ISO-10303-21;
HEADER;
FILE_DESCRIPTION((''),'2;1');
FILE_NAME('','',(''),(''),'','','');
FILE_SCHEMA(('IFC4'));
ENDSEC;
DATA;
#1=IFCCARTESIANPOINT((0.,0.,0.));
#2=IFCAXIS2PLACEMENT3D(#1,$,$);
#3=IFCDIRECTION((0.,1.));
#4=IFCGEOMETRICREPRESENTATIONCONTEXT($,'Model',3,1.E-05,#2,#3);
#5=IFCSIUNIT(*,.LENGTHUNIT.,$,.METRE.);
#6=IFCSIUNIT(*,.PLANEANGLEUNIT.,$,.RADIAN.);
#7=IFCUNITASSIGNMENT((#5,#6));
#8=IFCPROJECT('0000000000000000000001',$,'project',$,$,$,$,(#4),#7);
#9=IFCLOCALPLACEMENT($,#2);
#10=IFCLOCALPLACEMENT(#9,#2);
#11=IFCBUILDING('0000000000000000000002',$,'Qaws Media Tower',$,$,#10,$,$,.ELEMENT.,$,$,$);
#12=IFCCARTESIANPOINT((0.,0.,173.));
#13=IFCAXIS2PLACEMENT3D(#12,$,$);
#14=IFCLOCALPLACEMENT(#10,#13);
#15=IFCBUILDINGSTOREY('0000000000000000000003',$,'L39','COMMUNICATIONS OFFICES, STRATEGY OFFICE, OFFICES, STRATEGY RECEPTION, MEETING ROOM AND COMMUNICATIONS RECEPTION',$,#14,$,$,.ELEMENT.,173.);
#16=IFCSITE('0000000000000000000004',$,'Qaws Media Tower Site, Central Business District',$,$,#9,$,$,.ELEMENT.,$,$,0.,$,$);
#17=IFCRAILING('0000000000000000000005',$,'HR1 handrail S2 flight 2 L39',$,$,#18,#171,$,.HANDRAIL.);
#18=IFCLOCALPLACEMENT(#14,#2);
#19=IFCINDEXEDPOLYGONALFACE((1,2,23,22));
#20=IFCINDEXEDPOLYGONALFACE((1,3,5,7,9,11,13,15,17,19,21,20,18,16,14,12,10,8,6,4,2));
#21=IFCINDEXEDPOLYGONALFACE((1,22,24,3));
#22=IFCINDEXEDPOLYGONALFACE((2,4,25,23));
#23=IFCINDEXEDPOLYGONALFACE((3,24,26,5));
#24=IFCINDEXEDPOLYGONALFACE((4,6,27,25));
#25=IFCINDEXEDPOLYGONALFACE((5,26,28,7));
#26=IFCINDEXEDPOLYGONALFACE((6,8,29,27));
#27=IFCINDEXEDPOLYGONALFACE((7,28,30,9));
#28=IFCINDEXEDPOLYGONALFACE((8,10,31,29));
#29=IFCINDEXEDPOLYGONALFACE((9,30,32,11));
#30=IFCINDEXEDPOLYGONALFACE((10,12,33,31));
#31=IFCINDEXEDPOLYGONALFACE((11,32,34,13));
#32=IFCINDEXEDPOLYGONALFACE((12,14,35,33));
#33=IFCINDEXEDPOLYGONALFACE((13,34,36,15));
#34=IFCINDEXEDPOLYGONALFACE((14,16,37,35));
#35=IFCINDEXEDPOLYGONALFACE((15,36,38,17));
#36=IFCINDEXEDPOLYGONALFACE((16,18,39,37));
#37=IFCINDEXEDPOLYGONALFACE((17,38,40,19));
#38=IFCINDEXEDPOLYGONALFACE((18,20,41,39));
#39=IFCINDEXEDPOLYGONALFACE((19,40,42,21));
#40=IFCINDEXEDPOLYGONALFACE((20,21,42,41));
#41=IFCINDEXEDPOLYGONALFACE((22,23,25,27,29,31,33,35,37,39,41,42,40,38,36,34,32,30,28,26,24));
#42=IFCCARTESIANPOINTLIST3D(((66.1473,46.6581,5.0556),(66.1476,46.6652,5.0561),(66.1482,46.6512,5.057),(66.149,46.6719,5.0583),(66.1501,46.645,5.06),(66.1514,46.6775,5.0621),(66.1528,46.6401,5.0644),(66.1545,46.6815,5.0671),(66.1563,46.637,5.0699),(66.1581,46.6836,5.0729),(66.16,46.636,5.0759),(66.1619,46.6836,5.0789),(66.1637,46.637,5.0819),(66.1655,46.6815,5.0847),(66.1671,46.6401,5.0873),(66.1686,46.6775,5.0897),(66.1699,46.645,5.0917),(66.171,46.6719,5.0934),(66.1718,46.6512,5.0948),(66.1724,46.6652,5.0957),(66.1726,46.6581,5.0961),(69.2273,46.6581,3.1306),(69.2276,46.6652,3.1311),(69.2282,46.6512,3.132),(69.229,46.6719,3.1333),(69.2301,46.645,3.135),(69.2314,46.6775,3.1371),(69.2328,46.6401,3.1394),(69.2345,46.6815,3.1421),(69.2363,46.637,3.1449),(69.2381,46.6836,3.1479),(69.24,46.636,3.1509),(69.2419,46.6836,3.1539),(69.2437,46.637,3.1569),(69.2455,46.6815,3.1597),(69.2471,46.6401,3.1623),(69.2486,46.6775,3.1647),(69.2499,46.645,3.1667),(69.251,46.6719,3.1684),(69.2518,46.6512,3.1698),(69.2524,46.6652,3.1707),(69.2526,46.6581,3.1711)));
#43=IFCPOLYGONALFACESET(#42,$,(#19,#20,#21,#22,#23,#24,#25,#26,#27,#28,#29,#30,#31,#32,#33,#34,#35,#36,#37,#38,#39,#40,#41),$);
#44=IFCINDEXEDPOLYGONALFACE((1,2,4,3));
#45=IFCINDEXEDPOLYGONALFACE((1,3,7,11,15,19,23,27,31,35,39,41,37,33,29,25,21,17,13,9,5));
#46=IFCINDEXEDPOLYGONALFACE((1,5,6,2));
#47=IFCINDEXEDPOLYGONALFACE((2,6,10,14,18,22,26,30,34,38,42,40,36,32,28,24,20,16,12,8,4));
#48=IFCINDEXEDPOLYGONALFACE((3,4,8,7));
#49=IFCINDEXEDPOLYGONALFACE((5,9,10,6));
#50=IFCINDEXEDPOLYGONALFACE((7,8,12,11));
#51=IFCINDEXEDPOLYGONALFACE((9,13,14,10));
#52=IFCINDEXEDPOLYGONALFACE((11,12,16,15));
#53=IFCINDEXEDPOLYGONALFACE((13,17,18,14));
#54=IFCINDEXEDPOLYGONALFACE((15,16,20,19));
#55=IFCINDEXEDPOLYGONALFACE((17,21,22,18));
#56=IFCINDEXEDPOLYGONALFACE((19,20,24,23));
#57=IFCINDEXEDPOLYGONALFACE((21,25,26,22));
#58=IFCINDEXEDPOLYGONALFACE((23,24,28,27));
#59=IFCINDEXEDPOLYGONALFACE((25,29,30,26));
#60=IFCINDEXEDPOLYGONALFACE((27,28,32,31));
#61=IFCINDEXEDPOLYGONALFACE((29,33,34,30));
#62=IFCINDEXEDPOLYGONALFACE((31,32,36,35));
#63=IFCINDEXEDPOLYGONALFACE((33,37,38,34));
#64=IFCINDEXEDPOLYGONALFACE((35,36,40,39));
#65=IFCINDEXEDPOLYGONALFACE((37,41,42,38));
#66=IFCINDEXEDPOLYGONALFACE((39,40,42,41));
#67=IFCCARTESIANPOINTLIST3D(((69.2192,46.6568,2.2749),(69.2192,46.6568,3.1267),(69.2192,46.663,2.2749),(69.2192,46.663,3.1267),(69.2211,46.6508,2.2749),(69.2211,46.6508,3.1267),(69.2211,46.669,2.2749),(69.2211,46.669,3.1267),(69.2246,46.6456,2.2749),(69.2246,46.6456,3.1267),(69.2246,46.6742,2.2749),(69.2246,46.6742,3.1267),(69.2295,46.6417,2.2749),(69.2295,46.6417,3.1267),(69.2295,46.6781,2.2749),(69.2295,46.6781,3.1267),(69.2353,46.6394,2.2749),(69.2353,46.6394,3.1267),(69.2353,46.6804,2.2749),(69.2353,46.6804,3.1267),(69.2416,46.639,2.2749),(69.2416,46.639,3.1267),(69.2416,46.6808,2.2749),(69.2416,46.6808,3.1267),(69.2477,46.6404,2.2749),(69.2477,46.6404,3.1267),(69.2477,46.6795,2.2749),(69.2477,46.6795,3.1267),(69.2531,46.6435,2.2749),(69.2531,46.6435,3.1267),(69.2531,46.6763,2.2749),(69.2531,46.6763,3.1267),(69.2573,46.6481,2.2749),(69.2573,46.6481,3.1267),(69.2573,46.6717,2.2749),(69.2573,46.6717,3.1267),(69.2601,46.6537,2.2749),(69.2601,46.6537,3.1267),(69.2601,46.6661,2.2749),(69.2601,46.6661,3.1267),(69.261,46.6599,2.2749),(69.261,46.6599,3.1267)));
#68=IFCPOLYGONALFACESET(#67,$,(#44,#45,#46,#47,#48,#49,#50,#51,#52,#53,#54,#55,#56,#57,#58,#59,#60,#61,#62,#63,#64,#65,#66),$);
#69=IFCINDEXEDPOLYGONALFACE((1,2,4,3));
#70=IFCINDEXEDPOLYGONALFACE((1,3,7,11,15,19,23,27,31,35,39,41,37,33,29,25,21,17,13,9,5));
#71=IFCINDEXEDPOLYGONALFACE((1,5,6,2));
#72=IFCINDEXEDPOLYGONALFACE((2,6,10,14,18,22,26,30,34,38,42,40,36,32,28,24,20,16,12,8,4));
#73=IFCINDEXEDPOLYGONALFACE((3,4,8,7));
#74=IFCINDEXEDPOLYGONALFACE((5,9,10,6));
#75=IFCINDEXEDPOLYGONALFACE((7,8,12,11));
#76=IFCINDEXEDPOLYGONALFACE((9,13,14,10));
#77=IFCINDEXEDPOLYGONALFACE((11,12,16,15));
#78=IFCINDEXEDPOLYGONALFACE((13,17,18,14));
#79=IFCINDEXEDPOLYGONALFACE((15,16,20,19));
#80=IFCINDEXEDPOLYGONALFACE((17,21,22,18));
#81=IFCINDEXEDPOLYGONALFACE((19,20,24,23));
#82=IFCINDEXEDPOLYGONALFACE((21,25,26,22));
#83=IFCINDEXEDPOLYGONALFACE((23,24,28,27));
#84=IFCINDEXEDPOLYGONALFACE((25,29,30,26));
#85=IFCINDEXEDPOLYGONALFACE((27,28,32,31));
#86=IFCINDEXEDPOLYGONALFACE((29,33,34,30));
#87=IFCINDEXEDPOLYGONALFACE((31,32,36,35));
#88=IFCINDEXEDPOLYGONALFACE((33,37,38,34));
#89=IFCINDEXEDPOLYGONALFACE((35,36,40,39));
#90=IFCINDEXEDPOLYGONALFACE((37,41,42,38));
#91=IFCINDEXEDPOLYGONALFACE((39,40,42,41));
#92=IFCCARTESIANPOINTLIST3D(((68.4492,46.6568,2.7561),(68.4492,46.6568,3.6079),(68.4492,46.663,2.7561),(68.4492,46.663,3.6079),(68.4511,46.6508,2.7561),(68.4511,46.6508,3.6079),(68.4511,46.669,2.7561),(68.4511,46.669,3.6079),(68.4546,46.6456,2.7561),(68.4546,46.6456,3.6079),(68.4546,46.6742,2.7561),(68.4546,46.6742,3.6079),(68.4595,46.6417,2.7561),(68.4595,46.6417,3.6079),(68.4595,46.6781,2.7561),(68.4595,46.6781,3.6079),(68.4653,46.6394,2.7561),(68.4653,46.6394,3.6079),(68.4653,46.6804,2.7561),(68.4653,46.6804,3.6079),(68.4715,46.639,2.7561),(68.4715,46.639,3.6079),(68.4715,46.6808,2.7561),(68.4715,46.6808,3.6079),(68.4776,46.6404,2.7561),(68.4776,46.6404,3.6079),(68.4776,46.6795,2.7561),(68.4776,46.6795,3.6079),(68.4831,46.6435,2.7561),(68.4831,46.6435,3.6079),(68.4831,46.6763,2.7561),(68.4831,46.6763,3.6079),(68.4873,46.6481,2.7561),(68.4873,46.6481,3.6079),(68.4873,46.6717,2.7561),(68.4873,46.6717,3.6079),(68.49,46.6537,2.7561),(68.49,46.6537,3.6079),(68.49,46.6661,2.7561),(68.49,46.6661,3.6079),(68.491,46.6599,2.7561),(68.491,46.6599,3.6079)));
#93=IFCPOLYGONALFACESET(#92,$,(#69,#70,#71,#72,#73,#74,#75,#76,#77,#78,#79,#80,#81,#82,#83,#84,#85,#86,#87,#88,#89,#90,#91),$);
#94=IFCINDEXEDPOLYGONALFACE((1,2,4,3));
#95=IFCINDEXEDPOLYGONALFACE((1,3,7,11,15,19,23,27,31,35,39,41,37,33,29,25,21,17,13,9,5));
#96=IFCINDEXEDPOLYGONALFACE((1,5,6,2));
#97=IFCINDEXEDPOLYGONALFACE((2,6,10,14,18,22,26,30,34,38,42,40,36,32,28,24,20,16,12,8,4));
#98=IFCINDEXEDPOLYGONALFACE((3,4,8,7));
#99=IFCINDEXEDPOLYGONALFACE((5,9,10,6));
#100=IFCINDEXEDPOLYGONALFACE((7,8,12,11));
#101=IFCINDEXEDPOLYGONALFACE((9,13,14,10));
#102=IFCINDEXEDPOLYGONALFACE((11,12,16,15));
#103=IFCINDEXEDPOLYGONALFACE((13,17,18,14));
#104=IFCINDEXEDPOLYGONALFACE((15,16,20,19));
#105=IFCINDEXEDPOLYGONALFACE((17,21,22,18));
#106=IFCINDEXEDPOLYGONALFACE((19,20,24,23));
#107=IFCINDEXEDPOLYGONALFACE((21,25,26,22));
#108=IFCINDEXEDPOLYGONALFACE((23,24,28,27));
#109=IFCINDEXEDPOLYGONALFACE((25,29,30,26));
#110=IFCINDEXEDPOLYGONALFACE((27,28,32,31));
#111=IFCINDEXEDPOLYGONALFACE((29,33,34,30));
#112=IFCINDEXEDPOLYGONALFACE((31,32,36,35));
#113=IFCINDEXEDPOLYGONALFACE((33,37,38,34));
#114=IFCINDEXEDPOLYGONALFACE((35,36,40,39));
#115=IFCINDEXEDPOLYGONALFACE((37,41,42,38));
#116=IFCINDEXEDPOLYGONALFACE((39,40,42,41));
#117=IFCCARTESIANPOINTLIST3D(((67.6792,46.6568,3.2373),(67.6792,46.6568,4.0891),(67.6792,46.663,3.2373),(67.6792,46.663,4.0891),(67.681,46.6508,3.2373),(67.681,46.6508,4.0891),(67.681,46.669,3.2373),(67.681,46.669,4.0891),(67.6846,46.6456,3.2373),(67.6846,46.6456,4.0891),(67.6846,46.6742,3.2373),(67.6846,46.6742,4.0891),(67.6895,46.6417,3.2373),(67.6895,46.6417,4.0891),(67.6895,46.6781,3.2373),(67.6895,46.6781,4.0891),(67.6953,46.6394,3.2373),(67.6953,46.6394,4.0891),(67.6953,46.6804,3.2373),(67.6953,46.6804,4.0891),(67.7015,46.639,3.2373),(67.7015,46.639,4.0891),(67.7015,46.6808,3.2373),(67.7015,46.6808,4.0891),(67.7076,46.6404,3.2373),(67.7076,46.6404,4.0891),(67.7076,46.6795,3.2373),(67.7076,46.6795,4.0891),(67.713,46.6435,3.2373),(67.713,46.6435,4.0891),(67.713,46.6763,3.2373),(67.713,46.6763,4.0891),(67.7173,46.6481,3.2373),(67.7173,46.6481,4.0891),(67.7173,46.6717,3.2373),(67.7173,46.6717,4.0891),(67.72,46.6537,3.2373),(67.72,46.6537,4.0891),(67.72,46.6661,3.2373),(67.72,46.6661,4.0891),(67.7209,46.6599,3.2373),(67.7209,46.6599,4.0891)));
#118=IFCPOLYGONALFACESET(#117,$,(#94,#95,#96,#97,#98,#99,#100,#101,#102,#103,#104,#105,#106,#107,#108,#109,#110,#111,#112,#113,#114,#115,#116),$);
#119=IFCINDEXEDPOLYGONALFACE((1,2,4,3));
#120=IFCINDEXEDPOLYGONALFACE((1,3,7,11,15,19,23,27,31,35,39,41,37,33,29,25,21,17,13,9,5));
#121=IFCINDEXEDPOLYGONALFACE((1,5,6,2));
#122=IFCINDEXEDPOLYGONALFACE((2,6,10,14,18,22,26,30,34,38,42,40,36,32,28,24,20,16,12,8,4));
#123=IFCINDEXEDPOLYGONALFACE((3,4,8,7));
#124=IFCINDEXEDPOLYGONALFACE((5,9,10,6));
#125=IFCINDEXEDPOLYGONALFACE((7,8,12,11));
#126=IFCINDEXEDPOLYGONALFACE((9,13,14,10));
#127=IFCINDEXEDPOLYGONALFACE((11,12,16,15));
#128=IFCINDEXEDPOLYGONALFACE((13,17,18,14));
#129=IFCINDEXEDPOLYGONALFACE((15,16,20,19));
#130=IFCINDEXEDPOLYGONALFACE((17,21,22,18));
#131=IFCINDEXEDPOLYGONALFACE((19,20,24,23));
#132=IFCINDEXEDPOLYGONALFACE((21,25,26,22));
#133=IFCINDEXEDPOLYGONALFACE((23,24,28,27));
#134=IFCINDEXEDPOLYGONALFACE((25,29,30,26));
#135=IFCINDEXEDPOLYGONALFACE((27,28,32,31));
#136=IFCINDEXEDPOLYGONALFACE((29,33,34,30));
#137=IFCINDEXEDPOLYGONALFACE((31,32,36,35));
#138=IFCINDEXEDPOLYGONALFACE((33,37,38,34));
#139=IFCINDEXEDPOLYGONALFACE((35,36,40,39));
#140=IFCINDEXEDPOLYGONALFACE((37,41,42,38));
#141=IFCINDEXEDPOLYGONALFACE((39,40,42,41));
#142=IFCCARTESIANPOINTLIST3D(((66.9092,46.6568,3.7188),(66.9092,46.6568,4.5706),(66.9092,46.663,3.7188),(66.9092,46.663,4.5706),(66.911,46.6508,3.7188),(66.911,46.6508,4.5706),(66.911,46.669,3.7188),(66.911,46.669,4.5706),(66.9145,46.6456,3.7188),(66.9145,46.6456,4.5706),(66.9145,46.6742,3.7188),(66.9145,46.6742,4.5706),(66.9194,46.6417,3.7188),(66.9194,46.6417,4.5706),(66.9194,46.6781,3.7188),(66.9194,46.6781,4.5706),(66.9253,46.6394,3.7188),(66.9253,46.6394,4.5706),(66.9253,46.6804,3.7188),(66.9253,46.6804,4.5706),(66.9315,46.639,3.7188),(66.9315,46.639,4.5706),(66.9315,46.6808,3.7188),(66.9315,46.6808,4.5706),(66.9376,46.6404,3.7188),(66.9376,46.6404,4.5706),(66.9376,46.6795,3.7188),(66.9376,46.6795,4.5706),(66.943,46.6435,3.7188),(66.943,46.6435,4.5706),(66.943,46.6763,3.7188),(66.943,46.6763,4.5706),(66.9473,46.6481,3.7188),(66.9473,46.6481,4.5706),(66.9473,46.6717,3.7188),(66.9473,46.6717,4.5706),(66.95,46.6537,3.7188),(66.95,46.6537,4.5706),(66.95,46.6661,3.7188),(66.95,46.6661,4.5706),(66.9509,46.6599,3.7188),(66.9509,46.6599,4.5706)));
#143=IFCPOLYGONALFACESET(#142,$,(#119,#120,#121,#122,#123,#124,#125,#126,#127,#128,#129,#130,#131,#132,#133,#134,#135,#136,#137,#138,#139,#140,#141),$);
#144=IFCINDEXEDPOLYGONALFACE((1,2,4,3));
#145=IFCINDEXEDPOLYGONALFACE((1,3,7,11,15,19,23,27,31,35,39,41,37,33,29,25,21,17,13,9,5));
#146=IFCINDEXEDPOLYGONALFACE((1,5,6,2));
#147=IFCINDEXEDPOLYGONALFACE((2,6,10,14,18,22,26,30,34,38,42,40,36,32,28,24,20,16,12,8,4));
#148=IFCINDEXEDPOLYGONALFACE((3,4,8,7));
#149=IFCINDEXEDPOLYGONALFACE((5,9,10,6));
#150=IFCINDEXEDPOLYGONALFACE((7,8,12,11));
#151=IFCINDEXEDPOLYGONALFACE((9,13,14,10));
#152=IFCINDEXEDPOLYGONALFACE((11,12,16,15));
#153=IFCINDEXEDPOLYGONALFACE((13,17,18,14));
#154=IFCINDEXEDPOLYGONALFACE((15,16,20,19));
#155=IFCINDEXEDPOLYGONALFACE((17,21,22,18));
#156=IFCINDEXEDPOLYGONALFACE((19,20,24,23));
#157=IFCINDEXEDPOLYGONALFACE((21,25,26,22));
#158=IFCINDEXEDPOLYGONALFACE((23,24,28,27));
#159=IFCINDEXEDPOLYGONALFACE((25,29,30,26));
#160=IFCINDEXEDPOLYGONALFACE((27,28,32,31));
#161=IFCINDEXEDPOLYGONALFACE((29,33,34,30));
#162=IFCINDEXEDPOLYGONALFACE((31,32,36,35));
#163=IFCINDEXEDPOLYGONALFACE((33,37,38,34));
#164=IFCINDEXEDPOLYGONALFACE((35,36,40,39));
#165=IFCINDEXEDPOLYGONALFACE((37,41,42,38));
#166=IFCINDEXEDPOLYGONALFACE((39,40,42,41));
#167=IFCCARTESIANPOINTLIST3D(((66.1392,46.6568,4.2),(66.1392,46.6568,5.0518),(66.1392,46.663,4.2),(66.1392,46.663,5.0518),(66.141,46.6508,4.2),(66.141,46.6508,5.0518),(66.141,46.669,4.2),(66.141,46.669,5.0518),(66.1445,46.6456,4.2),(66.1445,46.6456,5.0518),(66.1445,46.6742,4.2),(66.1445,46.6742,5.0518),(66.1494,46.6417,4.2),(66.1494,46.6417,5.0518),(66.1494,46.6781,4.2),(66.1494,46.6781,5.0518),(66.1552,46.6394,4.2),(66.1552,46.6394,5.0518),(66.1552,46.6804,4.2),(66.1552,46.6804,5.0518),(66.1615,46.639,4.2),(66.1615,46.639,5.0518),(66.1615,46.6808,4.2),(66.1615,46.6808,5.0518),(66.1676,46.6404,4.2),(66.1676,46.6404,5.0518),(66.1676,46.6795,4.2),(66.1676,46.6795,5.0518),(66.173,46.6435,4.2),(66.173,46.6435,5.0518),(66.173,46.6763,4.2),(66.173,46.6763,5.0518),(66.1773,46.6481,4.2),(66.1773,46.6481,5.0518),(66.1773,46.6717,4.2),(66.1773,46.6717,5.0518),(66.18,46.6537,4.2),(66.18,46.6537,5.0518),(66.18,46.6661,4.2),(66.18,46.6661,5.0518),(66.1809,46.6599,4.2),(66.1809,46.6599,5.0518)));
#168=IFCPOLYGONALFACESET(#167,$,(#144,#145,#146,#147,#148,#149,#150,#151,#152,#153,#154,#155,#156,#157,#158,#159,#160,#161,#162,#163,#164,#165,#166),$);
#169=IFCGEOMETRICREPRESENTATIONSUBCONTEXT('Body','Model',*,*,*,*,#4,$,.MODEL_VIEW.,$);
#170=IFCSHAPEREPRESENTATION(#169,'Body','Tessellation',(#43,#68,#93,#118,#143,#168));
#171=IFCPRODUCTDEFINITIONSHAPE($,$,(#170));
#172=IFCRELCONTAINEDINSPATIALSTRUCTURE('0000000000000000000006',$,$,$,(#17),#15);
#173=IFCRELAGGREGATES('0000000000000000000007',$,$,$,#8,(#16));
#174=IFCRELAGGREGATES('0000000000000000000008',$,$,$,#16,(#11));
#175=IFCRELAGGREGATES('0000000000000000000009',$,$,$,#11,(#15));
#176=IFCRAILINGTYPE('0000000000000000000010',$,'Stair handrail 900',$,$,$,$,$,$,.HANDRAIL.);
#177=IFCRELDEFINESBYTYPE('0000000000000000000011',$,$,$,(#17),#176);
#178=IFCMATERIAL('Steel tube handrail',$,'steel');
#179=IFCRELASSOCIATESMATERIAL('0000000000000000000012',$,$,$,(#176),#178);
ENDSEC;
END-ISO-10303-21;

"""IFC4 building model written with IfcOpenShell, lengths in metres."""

from ifc_helpers import new_model, si_unit, direction, frame, origin, origin_2d, place, context, subcontext, project, spatial, circle, extrude, material, type_object, element, save


model = new_model("IFC4")

# Units and contexts
model_context = context("Model", 3, precision=1e-05, world=origin(), true_north=direction((0.0, 1.0)))
body_context = subcontext(model_context, "Body", "Model", "MODEL_VIEW")
ifc_project = project(units=[si_unit("LENGTHUNIT", "METRE"), si_unit("PLANEANGLEUNIT", "RADIAN")], contexts=[model_context])

# Site, building, storey
site_placement = place(None, origin())
site = spatial("IfcSite", under=ifc_project, at=site_placement, Name="Qaws Media Tower Site, Central Business District", CompositionType="ELEMENT", RefElevation=0.0)
building_placement = place(site_placement, origin())
building = spatial("IfcBuilding", under=site, at=building_placement, Name="Qaws Media Tower", CompositionType="ELEMENT")
storey_placement = place(building_placement, frame((0.0, 0.0, 173.0)))
storey = spatial("IfcBuildingStorey", under=building, at=storey_placement, Name="L39", Description="COMMUNICATIONS OFFICES, STRATEGY OFFICE, OFFICES, STRATEGY RECEPTION, MEETING ROOM AND COMMUNICATIONS RECEPTION", CompositionType="ELEMENT", Elevation=173.0)

# Railing
ifc_material_1 = material(Name="Steel tube handrail", Category="steel")
railing_type = type_object("IfcRailingType", Name="Stair handrail 900", PredefinedType="HANDRAIL", material=ifc_material_1)
for number, where, name in (
    (1, (69.24, 46.6599, 2.2749), "HR1 handrail S2 flight 2 L39"),
):
    element("IfcRailing", number, at=place(storey_placement, frame(where)), inside=storey, type_object=railing_type, Name=name, PredefinedType="HANDRAIL", context=body_context, shape_type="SweptSolid", body=[
        extrude(circle(Radius=0.0239, at=origin_2d()), frame((0.0, 0.0, 0.876), z_axis=(-0.847998, 0.0, 0.529999), x_axis=(0.0, -1.0, 0.0)), (0.0, 0.0, 1.0), 3.6321),
        extrude(circle(Radius=0.021, at=origin_2d()), origin(), (0.0, 0.0, 1.0), 0.8518),
        extrude(circle(Radius=0.021, at=origin_2d()), frame((-0.77, 0.0, 0.4812)), (0.0, 0.0, 1.0), 0.8518),
        extrude(circle(Radius=0.021, at=origin_2d()), frame((-1.54, 0.0, 0.9624)), (0.0, 0.0, 1.0), 0.8518),
        extrude(circle(Radius=0.021, at=origin_2d()), frame((-2.3101, 0.0, 1.4438)), (0.0, 0.0, 1.0), 0.8518),
        extrude(circle(Radius=0.021, at=origin_2d()), frame((-3.0801, 0.0, 1.925)), (0.0, 0.0, 1.0), 0.8518),
    ])

save(model, "model.ifc")
